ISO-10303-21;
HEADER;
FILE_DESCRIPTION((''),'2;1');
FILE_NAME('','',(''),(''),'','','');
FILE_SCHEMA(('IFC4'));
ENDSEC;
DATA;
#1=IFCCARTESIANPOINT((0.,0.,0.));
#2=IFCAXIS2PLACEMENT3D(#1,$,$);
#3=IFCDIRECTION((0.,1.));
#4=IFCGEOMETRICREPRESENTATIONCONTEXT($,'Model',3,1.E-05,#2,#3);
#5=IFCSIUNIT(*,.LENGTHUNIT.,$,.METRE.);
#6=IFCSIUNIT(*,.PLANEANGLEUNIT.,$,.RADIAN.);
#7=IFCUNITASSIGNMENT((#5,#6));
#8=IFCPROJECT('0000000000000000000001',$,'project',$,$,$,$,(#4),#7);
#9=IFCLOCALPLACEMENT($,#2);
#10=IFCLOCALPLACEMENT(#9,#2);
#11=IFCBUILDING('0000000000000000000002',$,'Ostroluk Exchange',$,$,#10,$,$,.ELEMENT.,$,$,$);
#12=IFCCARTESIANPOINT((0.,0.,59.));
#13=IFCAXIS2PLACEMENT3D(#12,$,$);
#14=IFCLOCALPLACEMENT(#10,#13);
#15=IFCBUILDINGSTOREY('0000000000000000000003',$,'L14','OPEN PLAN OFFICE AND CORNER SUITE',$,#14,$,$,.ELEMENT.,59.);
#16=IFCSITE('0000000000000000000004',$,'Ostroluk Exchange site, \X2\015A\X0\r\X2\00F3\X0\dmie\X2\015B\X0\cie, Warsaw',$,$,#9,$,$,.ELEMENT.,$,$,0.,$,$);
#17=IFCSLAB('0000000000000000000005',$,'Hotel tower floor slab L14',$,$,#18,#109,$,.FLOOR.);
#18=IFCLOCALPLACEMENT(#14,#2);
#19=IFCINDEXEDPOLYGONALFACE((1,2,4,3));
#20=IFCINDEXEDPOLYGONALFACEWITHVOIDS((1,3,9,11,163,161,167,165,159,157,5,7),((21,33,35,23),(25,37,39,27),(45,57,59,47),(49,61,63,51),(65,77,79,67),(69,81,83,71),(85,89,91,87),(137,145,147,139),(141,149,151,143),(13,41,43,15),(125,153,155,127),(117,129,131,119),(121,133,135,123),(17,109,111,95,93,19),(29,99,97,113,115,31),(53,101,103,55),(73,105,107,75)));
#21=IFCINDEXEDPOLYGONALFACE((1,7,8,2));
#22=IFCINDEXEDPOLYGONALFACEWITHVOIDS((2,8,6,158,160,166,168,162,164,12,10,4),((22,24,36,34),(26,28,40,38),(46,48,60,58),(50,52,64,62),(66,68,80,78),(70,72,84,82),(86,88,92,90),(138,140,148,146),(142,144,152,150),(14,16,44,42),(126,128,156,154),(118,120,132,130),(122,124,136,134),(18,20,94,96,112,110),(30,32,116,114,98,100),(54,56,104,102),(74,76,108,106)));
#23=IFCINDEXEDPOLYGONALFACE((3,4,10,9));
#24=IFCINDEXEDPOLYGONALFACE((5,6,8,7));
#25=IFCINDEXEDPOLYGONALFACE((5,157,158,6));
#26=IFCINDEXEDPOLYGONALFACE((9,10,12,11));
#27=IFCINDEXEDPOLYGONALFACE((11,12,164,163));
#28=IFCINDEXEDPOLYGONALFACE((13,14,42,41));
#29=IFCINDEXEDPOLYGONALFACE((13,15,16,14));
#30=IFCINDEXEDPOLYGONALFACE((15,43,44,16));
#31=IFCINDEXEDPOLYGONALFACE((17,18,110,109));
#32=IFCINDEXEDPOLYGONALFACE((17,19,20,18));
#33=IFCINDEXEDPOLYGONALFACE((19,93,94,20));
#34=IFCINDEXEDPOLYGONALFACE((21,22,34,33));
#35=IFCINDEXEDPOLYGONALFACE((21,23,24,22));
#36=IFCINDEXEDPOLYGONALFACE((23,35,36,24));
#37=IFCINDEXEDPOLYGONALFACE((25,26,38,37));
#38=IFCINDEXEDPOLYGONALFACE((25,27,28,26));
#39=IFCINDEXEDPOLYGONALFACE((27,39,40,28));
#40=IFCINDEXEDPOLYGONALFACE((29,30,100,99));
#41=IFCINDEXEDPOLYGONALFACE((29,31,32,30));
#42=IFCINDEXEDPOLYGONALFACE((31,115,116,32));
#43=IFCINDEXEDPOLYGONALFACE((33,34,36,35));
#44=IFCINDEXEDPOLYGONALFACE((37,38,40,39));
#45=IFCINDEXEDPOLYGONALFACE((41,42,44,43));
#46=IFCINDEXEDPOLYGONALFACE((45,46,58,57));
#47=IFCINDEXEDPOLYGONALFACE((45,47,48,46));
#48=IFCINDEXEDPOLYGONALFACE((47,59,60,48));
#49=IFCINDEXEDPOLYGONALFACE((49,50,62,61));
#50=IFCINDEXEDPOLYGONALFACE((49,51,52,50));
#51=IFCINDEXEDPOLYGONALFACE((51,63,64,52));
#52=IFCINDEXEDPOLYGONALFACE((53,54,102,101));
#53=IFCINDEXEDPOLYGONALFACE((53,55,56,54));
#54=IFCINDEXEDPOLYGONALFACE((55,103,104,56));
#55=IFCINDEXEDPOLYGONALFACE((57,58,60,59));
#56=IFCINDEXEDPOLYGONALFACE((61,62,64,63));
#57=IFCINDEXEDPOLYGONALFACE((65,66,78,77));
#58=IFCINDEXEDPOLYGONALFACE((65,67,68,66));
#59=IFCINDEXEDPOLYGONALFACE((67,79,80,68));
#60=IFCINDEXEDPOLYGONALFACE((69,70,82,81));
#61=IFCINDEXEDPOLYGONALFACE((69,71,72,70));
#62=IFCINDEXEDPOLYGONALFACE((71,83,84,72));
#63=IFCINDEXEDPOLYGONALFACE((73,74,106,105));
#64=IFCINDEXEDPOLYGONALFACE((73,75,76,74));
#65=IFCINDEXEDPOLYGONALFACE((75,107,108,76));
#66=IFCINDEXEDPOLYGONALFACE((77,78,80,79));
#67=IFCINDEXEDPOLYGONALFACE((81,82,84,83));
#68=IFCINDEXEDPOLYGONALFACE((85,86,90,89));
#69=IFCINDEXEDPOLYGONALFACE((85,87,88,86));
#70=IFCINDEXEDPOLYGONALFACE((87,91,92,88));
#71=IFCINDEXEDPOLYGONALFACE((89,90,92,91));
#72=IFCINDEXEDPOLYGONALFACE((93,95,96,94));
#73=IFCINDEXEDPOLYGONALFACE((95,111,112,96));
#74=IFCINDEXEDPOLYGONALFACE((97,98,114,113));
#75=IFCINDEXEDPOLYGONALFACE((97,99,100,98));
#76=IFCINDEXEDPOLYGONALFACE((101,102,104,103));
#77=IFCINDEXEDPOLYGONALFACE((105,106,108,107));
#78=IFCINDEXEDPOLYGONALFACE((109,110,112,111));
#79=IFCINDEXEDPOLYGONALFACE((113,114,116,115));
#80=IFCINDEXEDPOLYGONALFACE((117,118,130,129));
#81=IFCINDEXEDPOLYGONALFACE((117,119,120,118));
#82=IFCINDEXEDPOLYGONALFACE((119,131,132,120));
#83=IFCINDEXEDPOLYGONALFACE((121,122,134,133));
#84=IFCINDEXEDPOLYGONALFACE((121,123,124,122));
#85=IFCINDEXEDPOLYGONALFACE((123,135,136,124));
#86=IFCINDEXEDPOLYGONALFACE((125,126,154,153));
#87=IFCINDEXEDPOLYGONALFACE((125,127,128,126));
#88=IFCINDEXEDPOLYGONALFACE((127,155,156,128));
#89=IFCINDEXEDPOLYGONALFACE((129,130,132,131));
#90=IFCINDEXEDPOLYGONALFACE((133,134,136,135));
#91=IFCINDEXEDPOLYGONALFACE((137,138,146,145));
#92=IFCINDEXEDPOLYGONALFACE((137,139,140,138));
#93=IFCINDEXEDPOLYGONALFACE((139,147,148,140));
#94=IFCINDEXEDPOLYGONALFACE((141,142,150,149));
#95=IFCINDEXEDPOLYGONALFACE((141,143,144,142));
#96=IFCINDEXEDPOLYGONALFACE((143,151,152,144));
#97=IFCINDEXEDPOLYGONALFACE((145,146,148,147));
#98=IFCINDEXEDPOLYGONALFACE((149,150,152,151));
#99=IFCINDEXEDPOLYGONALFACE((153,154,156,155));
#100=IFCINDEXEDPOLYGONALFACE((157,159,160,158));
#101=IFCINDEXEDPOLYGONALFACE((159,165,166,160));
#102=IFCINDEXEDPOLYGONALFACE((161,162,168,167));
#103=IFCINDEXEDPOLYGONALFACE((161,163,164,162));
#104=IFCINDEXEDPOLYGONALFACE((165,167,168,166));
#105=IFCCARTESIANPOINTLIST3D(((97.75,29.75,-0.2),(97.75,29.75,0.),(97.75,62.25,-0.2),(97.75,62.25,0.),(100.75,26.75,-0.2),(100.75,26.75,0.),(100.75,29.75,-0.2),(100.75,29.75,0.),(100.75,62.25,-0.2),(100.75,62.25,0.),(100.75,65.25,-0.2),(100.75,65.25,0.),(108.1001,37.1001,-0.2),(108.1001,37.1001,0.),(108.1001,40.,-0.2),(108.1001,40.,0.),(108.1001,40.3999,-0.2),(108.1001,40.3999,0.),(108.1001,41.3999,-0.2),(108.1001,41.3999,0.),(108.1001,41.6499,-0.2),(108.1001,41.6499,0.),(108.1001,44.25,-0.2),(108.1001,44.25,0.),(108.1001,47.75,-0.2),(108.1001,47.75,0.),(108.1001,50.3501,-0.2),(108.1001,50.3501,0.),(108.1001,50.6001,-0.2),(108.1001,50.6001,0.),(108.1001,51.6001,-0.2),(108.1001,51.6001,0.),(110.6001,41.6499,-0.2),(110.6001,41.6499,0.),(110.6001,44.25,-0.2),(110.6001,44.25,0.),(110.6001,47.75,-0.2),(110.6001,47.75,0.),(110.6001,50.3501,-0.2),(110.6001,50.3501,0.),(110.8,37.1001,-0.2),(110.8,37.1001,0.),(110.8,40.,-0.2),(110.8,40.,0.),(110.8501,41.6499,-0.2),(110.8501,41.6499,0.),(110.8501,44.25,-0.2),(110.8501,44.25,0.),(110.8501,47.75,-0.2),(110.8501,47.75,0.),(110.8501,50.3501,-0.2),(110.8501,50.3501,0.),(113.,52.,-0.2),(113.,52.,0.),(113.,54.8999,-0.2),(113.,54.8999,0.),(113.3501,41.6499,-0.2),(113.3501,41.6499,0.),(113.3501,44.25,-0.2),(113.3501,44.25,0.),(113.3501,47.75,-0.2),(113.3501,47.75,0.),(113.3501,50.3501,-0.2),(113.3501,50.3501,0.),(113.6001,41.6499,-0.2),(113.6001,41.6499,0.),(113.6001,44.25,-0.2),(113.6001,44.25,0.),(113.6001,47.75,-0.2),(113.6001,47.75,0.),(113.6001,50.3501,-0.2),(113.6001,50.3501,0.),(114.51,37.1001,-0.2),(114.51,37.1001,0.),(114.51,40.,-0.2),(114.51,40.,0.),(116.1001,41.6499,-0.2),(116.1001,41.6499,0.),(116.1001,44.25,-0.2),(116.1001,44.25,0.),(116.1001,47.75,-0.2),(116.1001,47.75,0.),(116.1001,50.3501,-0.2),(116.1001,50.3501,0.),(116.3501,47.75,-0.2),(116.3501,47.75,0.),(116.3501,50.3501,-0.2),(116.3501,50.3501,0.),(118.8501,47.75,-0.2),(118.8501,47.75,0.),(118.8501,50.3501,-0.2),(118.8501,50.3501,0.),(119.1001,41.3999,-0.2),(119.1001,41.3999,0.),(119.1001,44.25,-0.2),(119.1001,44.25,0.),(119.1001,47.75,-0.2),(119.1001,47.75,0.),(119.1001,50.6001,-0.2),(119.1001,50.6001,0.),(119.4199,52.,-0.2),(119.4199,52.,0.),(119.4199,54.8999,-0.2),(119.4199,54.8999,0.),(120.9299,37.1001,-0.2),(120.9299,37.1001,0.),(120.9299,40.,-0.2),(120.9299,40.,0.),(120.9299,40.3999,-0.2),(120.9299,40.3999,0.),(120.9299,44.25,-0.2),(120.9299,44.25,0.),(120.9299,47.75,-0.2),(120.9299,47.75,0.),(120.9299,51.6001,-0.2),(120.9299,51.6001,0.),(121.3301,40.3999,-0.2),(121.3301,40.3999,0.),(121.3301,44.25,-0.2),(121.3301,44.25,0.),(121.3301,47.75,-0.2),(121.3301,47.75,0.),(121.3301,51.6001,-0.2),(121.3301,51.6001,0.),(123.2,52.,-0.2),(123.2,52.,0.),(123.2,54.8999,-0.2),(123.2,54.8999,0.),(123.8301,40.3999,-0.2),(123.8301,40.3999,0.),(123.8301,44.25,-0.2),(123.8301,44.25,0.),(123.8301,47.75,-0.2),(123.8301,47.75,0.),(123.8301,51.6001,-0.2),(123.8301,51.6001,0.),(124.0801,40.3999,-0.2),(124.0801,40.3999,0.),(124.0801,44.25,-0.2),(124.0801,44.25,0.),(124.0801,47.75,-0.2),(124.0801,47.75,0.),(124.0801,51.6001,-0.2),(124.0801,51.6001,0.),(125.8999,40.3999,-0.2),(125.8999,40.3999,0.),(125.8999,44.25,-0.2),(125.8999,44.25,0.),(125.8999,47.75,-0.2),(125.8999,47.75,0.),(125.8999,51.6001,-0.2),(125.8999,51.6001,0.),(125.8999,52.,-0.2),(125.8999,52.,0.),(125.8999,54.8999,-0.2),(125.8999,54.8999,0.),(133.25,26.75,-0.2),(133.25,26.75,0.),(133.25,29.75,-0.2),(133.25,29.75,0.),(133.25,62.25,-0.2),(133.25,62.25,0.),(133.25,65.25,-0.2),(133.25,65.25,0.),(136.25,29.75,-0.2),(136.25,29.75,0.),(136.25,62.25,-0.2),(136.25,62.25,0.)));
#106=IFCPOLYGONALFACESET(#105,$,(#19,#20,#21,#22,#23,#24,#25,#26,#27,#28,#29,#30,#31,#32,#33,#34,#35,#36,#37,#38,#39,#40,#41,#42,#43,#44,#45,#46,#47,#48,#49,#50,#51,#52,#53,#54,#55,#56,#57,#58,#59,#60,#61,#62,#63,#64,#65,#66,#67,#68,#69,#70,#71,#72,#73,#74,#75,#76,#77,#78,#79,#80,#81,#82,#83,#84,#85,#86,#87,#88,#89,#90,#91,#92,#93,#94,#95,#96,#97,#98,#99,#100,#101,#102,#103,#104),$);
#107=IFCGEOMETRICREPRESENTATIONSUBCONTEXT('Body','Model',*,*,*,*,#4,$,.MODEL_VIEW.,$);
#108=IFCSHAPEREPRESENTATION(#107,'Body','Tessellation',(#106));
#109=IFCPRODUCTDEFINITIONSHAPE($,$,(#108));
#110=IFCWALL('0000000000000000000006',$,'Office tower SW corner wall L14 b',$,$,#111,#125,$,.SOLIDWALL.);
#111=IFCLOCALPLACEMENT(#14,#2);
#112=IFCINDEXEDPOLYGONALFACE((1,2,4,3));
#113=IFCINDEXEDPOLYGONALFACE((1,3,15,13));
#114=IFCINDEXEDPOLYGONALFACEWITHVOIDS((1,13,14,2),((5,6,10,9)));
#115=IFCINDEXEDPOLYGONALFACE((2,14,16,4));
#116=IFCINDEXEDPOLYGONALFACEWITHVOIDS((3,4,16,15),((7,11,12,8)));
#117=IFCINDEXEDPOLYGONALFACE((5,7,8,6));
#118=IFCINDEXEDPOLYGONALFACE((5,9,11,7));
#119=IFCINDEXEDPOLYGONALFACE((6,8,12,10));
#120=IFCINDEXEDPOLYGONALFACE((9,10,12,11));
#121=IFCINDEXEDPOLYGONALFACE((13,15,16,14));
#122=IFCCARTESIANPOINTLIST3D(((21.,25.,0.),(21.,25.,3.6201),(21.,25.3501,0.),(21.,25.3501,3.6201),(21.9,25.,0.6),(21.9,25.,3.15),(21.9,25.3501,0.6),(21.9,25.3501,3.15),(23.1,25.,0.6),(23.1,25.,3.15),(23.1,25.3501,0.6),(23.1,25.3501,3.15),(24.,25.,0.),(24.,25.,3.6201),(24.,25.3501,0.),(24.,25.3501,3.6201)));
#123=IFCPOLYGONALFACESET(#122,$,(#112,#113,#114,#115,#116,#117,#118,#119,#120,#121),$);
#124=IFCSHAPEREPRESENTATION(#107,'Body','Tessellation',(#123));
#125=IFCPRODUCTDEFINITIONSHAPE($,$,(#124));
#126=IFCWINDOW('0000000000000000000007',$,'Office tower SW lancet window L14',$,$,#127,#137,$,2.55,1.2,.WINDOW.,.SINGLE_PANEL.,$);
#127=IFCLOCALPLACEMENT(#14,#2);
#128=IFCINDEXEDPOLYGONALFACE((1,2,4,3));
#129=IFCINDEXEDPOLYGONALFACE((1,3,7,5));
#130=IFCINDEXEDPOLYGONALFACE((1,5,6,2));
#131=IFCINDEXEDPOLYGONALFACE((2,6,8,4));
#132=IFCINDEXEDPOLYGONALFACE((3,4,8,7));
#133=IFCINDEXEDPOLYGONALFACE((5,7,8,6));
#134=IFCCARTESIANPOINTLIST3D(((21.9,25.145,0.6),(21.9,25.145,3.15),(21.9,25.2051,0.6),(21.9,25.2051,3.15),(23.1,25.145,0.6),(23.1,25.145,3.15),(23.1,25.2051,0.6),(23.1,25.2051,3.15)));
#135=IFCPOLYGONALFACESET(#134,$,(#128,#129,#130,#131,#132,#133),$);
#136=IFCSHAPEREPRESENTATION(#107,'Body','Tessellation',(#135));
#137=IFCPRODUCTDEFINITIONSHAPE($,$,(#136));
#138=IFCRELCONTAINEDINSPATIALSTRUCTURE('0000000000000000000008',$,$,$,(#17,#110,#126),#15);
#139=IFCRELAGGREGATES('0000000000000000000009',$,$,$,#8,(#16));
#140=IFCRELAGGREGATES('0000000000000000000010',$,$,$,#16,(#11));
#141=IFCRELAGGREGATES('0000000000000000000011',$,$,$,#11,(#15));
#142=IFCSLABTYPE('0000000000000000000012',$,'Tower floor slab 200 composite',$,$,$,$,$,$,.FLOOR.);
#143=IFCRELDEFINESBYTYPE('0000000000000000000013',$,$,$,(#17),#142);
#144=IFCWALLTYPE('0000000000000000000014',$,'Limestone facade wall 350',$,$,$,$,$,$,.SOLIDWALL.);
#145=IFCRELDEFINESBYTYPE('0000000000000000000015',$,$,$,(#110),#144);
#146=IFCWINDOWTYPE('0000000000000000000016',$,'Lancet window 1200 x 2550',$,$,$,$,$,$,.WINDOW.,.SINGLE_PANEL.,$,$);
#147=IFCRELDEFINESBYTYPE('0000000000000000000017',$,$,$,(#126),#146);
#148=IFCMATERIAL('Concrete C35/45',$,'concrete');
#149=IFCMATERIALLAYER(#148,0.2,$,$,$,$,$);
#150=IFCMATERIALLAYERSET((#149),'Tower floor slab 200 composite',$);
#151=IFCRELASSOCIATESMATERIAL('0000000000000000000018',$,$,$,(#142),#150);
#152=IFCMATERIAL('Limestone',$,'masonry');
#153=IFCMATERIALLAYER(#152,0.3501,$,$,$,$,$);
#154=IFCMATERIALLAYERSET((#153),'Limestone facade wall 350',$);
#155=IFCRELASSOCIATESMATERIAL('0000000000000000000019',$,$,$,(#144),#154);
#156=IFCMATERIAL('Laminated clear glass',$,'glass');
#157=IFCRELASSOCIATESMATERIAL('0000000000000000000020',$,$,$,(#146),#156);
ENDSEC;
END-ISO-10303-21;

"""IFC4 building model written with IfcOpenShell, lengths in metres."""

from ifc_helpers import new_model, si_unit, direction, frame, frame_2d, origin, place, context, subcontext, project, spatial, polyline, rectangle, outline, extrude, material, layer, layer_set, type_object, element, fill, save


model = new_model("IFC4")

# Units and contexts
model_context = context("Model", 3, precision=1e-05, world=origin(), true_north=direction((0.0, 1.0)))
body_context = subcontext(model_context, "Body", "Model", "MODEL_VIEW")
ifc_project = project(units=[si_unit("LENGTHUNIT", "METRE"), si_unit("PLANEANGLEUNIT", "RADIAN")], contexts=[model_context])

# Site, building, storey
site_placement = place(None, origin())
site = spatial("IfcSite", under=ifc_project, at=site_placement, Name="Ostroluk Exchange site, Śródmieście, Warsaw", CompositionType="ELEMENT", RefElevation=0.0)
building_placement = place(site_placement, origin())
building = spatial("IfcBuilding", under=site, at=building_placement, Name="Ostroluk Exchange", CompositionType="ELEMENT")
storey_placement = place(building_placement, frame((0.0, 0.0, 59.0)))
storey = spatial("IfcBuildingStorey", under=building, at=storey_placement, Name="L14", Description="OPEN PLAN OFFICE AND CORNER SUITE", CompositionType="ELEMENT", Elevation=59.0)

# Slab
ifc_material_1 = material(Name="Concrete C35/45", Category="concrete")
ifc_layer_1 = layer(ifc_material_1, 0.2)
ifc_layer_set_1 = layer_set([ifc_layer_1], Name="Tower floor slab 200 composite")
slab_type_1 = type_object("IfcSlabType", Name="Tower floor slab 200 composite", PredefinedType="FLOOR", material=ifc_layer_set_1)
slab_1_placement = place(storey_placement, frame((0.0, 0.0, -0.2)))
element("IfcSlab", 1, at=slab_1_placement, inside=storey, type_object=slab_type_1, Name="Hotel tower floor slab L14", PredefinedType="FLOOR", context=body_context, shape_type="SweptSolid", body=[
    extrude(outline(polyline([(100.75, 26.75), (133.25, 26.75), (133.25, 29.75), (136.25, 29.75), (136.25, 62.25), (133.25, 62.25), (133.25, 65.25), (100.75, 65.25), (100.75, 62.25), (97.75, 62.25), (97.75, 29.75), (100.75, 29.75), (100.75, 26.75)]), holes=[polyline([(108.1001, 37.1001), (110.8, 37.1001), (110.8, 40.0), (108.1001, 40.0), (108.1001, 37.1001)]), polyline([(114.51, 37.1001), (120.9299, 37.1001), (120.9299, 40.0), (114.51, 40.0), (114.51, 37.1001)]), polyline([(113.0, 52.0), (119.4199, 52.0), (119.4199, 54.8999), (113.0, 54.8999), (113.0, 52.0)]), polyline([(123.2, 52.0), (125.8999, 52.0), (125.8999, 54.8999), (123.2, 54.8999), (123.2, 52.0)]), polyline([(108.1001, 47.75), (110.6001, 47.75), (110.6001, 50.3501), (108.1001, 50.3501), (108.1001, 47.75)]), polyline([(110.8501, 47.75), (113.3501, 47.75), (113.3501, 50.3501), (110.8501, 50.3501), (110.8501, 47.75)]), polyline([(113.6001, 47.75), (116.1001, 47.75), (116.1001, 50.3501), (113.6001, 50.3501), (113.6001, 47.75)]), polyline([(116.3501, 47.75), (118.8501, 47.75), (118.8501, 50.3501), (116.3501, 50.3501), (116.3501, 47.75)]), polyline([(108.1001, 41.6499), (110.6001, 41.6499), (110.6001, 44.25), (108.1001, 44.25), (108.1001, 41.6499)]), polyline([(110.8501, 41.6499), (113.3501, 41.6499), (113.3501, 44.25), (110.8501, 44.25), (110.8501, 41.6499)]), polyline([(113.6001, 41.6499), (116.1001, 41.6499), (116.1001, 44.25), (113.6001, 44.25), (113.6001, 41.6499)]), polyline([(121.3301, 47.75), (123.8301, 47.75), (123.8301, 51.6001), (121.3301, 51.6001), (121.3301, 47.75)]), polyline([(121.3301, 40.3999), (123.8301, 40.3999), (123.8301, 44.25), (121.3301, 44.25), (121.3301, 40.3999)]), polyline([(120.9299, 51.6001), (120.9299, 47.75), (119.1001, 47.75), (119.1001, 50.6001), (108.1001, 50.6001), (108.1001, 51.6001), (120.9299, 51.6001)]), polyline([(108.1001, 40.3999), (108.1001, 41.3999), (119.1001, 41.3999), (119.1001, 44.25), (120.9299, 44.25), (120.9299, 40.3999), (108.1001, 40.3999)]), polyline([(124.0801, 47.75), (125.8999, 47.75), (125.8999, 51.6001), (124.0801, 51.6001), (124.0801, 47.75)]), polyline([(124.0801, 40.3999), (125.8999, 40.3999), (125.8999, 44.25), (124.0801, 44.25), (124.0801, 40.3999)])]), origin(), (0.0, 0.0, 1.0), 0.2),
])

# Wall, opening, window
ifc_material_2 = material(Name="Limestone", Category="masonry")
ifc_layer_2 = layer(ifc_material_2, 0.3501)
ifc_layer_set_2 = layer_set([ifc_layer_2], Name="Limestone facade wall 350")
wall_type = type_object("IfcWallType", Name="Limestone facade wall 350", PredefinedType="SOLIDWALL", material=ifc_layer_set_2)
wall_placement = place(storey_placement, frame((24.0, 25.175, 0.0), z_axis=(0.0, 0.0, 1.0), x_axis=(-1.0, 0.0, 0.0)))
wall = element("IfcWall", 2, at=wall_placement, inside=storey, type_object=wall_type, Name="Office tower SW corner wall L14 b", PredefinedType="SOLIDWALL", context=body_context, shape_type="SweptSolid", body=[
    extrude(rectangle(XDim=3.0, YDim=0.3501, at=frame_2d((1.5, 0.0))), origin(), (0.0, 0.0, 1.0), 3.6201),
])
opening_placement = place(wall_placement, frame((0.8999, 0.0, 0.6001)))
opening = element("IfcOpeningElement", 3, at=opening_placement, cuts=wall, PredefinedType="OPENING", context=body_context, shape_type="SweptSolid", body=[
    extrude(rectangle(XDim=1.2, YDim=2.55, at=frame_2d((0.6001, 1.2749))), frame((0.0, 0.1851, 0.0), z_axis=(0.0, -1.0, 0.0), x_axis=(1.0, 0.0, 0.0)), (0.0, 0.0, 1.0), 0.3701),
])
ifc_material_3 = material(Name="Laminated clear glass", Category="glass")
window_type = type_object("IfcWindowType", Name="Lancet window 1200 x 2550", PartitioningType="SINGLE_PANEL", PredefinedType="WINDOW", material=ifc_material_3)
window_placement = place(opening_placement, origin())
window = element("IfcWindow", 4, at=window_placement, inside=storey, type_object=window_type, Name="Office tower SW lancet window L14", OverallHeight=2.55, OverallWidth=1.2, PartitioningType="SINGLE_PANEL", PredefinedType="WINDOW", context=body_context, shape_type="SweptSolid", body=[
    extrude(rectangle(XDim=1.2, YDim=2.55, at=frame_2d((0.6001, 1.2749))), frame((0.0, 0.03, 0.0), z_axis=(0.0, -1.0, 0.0), x_axis=(1.0, 0.0, 0.0)), (0.0, 0.0, 1.0), 0.0601),
])
fill(opening, window)

save(model, "model.ifc")
